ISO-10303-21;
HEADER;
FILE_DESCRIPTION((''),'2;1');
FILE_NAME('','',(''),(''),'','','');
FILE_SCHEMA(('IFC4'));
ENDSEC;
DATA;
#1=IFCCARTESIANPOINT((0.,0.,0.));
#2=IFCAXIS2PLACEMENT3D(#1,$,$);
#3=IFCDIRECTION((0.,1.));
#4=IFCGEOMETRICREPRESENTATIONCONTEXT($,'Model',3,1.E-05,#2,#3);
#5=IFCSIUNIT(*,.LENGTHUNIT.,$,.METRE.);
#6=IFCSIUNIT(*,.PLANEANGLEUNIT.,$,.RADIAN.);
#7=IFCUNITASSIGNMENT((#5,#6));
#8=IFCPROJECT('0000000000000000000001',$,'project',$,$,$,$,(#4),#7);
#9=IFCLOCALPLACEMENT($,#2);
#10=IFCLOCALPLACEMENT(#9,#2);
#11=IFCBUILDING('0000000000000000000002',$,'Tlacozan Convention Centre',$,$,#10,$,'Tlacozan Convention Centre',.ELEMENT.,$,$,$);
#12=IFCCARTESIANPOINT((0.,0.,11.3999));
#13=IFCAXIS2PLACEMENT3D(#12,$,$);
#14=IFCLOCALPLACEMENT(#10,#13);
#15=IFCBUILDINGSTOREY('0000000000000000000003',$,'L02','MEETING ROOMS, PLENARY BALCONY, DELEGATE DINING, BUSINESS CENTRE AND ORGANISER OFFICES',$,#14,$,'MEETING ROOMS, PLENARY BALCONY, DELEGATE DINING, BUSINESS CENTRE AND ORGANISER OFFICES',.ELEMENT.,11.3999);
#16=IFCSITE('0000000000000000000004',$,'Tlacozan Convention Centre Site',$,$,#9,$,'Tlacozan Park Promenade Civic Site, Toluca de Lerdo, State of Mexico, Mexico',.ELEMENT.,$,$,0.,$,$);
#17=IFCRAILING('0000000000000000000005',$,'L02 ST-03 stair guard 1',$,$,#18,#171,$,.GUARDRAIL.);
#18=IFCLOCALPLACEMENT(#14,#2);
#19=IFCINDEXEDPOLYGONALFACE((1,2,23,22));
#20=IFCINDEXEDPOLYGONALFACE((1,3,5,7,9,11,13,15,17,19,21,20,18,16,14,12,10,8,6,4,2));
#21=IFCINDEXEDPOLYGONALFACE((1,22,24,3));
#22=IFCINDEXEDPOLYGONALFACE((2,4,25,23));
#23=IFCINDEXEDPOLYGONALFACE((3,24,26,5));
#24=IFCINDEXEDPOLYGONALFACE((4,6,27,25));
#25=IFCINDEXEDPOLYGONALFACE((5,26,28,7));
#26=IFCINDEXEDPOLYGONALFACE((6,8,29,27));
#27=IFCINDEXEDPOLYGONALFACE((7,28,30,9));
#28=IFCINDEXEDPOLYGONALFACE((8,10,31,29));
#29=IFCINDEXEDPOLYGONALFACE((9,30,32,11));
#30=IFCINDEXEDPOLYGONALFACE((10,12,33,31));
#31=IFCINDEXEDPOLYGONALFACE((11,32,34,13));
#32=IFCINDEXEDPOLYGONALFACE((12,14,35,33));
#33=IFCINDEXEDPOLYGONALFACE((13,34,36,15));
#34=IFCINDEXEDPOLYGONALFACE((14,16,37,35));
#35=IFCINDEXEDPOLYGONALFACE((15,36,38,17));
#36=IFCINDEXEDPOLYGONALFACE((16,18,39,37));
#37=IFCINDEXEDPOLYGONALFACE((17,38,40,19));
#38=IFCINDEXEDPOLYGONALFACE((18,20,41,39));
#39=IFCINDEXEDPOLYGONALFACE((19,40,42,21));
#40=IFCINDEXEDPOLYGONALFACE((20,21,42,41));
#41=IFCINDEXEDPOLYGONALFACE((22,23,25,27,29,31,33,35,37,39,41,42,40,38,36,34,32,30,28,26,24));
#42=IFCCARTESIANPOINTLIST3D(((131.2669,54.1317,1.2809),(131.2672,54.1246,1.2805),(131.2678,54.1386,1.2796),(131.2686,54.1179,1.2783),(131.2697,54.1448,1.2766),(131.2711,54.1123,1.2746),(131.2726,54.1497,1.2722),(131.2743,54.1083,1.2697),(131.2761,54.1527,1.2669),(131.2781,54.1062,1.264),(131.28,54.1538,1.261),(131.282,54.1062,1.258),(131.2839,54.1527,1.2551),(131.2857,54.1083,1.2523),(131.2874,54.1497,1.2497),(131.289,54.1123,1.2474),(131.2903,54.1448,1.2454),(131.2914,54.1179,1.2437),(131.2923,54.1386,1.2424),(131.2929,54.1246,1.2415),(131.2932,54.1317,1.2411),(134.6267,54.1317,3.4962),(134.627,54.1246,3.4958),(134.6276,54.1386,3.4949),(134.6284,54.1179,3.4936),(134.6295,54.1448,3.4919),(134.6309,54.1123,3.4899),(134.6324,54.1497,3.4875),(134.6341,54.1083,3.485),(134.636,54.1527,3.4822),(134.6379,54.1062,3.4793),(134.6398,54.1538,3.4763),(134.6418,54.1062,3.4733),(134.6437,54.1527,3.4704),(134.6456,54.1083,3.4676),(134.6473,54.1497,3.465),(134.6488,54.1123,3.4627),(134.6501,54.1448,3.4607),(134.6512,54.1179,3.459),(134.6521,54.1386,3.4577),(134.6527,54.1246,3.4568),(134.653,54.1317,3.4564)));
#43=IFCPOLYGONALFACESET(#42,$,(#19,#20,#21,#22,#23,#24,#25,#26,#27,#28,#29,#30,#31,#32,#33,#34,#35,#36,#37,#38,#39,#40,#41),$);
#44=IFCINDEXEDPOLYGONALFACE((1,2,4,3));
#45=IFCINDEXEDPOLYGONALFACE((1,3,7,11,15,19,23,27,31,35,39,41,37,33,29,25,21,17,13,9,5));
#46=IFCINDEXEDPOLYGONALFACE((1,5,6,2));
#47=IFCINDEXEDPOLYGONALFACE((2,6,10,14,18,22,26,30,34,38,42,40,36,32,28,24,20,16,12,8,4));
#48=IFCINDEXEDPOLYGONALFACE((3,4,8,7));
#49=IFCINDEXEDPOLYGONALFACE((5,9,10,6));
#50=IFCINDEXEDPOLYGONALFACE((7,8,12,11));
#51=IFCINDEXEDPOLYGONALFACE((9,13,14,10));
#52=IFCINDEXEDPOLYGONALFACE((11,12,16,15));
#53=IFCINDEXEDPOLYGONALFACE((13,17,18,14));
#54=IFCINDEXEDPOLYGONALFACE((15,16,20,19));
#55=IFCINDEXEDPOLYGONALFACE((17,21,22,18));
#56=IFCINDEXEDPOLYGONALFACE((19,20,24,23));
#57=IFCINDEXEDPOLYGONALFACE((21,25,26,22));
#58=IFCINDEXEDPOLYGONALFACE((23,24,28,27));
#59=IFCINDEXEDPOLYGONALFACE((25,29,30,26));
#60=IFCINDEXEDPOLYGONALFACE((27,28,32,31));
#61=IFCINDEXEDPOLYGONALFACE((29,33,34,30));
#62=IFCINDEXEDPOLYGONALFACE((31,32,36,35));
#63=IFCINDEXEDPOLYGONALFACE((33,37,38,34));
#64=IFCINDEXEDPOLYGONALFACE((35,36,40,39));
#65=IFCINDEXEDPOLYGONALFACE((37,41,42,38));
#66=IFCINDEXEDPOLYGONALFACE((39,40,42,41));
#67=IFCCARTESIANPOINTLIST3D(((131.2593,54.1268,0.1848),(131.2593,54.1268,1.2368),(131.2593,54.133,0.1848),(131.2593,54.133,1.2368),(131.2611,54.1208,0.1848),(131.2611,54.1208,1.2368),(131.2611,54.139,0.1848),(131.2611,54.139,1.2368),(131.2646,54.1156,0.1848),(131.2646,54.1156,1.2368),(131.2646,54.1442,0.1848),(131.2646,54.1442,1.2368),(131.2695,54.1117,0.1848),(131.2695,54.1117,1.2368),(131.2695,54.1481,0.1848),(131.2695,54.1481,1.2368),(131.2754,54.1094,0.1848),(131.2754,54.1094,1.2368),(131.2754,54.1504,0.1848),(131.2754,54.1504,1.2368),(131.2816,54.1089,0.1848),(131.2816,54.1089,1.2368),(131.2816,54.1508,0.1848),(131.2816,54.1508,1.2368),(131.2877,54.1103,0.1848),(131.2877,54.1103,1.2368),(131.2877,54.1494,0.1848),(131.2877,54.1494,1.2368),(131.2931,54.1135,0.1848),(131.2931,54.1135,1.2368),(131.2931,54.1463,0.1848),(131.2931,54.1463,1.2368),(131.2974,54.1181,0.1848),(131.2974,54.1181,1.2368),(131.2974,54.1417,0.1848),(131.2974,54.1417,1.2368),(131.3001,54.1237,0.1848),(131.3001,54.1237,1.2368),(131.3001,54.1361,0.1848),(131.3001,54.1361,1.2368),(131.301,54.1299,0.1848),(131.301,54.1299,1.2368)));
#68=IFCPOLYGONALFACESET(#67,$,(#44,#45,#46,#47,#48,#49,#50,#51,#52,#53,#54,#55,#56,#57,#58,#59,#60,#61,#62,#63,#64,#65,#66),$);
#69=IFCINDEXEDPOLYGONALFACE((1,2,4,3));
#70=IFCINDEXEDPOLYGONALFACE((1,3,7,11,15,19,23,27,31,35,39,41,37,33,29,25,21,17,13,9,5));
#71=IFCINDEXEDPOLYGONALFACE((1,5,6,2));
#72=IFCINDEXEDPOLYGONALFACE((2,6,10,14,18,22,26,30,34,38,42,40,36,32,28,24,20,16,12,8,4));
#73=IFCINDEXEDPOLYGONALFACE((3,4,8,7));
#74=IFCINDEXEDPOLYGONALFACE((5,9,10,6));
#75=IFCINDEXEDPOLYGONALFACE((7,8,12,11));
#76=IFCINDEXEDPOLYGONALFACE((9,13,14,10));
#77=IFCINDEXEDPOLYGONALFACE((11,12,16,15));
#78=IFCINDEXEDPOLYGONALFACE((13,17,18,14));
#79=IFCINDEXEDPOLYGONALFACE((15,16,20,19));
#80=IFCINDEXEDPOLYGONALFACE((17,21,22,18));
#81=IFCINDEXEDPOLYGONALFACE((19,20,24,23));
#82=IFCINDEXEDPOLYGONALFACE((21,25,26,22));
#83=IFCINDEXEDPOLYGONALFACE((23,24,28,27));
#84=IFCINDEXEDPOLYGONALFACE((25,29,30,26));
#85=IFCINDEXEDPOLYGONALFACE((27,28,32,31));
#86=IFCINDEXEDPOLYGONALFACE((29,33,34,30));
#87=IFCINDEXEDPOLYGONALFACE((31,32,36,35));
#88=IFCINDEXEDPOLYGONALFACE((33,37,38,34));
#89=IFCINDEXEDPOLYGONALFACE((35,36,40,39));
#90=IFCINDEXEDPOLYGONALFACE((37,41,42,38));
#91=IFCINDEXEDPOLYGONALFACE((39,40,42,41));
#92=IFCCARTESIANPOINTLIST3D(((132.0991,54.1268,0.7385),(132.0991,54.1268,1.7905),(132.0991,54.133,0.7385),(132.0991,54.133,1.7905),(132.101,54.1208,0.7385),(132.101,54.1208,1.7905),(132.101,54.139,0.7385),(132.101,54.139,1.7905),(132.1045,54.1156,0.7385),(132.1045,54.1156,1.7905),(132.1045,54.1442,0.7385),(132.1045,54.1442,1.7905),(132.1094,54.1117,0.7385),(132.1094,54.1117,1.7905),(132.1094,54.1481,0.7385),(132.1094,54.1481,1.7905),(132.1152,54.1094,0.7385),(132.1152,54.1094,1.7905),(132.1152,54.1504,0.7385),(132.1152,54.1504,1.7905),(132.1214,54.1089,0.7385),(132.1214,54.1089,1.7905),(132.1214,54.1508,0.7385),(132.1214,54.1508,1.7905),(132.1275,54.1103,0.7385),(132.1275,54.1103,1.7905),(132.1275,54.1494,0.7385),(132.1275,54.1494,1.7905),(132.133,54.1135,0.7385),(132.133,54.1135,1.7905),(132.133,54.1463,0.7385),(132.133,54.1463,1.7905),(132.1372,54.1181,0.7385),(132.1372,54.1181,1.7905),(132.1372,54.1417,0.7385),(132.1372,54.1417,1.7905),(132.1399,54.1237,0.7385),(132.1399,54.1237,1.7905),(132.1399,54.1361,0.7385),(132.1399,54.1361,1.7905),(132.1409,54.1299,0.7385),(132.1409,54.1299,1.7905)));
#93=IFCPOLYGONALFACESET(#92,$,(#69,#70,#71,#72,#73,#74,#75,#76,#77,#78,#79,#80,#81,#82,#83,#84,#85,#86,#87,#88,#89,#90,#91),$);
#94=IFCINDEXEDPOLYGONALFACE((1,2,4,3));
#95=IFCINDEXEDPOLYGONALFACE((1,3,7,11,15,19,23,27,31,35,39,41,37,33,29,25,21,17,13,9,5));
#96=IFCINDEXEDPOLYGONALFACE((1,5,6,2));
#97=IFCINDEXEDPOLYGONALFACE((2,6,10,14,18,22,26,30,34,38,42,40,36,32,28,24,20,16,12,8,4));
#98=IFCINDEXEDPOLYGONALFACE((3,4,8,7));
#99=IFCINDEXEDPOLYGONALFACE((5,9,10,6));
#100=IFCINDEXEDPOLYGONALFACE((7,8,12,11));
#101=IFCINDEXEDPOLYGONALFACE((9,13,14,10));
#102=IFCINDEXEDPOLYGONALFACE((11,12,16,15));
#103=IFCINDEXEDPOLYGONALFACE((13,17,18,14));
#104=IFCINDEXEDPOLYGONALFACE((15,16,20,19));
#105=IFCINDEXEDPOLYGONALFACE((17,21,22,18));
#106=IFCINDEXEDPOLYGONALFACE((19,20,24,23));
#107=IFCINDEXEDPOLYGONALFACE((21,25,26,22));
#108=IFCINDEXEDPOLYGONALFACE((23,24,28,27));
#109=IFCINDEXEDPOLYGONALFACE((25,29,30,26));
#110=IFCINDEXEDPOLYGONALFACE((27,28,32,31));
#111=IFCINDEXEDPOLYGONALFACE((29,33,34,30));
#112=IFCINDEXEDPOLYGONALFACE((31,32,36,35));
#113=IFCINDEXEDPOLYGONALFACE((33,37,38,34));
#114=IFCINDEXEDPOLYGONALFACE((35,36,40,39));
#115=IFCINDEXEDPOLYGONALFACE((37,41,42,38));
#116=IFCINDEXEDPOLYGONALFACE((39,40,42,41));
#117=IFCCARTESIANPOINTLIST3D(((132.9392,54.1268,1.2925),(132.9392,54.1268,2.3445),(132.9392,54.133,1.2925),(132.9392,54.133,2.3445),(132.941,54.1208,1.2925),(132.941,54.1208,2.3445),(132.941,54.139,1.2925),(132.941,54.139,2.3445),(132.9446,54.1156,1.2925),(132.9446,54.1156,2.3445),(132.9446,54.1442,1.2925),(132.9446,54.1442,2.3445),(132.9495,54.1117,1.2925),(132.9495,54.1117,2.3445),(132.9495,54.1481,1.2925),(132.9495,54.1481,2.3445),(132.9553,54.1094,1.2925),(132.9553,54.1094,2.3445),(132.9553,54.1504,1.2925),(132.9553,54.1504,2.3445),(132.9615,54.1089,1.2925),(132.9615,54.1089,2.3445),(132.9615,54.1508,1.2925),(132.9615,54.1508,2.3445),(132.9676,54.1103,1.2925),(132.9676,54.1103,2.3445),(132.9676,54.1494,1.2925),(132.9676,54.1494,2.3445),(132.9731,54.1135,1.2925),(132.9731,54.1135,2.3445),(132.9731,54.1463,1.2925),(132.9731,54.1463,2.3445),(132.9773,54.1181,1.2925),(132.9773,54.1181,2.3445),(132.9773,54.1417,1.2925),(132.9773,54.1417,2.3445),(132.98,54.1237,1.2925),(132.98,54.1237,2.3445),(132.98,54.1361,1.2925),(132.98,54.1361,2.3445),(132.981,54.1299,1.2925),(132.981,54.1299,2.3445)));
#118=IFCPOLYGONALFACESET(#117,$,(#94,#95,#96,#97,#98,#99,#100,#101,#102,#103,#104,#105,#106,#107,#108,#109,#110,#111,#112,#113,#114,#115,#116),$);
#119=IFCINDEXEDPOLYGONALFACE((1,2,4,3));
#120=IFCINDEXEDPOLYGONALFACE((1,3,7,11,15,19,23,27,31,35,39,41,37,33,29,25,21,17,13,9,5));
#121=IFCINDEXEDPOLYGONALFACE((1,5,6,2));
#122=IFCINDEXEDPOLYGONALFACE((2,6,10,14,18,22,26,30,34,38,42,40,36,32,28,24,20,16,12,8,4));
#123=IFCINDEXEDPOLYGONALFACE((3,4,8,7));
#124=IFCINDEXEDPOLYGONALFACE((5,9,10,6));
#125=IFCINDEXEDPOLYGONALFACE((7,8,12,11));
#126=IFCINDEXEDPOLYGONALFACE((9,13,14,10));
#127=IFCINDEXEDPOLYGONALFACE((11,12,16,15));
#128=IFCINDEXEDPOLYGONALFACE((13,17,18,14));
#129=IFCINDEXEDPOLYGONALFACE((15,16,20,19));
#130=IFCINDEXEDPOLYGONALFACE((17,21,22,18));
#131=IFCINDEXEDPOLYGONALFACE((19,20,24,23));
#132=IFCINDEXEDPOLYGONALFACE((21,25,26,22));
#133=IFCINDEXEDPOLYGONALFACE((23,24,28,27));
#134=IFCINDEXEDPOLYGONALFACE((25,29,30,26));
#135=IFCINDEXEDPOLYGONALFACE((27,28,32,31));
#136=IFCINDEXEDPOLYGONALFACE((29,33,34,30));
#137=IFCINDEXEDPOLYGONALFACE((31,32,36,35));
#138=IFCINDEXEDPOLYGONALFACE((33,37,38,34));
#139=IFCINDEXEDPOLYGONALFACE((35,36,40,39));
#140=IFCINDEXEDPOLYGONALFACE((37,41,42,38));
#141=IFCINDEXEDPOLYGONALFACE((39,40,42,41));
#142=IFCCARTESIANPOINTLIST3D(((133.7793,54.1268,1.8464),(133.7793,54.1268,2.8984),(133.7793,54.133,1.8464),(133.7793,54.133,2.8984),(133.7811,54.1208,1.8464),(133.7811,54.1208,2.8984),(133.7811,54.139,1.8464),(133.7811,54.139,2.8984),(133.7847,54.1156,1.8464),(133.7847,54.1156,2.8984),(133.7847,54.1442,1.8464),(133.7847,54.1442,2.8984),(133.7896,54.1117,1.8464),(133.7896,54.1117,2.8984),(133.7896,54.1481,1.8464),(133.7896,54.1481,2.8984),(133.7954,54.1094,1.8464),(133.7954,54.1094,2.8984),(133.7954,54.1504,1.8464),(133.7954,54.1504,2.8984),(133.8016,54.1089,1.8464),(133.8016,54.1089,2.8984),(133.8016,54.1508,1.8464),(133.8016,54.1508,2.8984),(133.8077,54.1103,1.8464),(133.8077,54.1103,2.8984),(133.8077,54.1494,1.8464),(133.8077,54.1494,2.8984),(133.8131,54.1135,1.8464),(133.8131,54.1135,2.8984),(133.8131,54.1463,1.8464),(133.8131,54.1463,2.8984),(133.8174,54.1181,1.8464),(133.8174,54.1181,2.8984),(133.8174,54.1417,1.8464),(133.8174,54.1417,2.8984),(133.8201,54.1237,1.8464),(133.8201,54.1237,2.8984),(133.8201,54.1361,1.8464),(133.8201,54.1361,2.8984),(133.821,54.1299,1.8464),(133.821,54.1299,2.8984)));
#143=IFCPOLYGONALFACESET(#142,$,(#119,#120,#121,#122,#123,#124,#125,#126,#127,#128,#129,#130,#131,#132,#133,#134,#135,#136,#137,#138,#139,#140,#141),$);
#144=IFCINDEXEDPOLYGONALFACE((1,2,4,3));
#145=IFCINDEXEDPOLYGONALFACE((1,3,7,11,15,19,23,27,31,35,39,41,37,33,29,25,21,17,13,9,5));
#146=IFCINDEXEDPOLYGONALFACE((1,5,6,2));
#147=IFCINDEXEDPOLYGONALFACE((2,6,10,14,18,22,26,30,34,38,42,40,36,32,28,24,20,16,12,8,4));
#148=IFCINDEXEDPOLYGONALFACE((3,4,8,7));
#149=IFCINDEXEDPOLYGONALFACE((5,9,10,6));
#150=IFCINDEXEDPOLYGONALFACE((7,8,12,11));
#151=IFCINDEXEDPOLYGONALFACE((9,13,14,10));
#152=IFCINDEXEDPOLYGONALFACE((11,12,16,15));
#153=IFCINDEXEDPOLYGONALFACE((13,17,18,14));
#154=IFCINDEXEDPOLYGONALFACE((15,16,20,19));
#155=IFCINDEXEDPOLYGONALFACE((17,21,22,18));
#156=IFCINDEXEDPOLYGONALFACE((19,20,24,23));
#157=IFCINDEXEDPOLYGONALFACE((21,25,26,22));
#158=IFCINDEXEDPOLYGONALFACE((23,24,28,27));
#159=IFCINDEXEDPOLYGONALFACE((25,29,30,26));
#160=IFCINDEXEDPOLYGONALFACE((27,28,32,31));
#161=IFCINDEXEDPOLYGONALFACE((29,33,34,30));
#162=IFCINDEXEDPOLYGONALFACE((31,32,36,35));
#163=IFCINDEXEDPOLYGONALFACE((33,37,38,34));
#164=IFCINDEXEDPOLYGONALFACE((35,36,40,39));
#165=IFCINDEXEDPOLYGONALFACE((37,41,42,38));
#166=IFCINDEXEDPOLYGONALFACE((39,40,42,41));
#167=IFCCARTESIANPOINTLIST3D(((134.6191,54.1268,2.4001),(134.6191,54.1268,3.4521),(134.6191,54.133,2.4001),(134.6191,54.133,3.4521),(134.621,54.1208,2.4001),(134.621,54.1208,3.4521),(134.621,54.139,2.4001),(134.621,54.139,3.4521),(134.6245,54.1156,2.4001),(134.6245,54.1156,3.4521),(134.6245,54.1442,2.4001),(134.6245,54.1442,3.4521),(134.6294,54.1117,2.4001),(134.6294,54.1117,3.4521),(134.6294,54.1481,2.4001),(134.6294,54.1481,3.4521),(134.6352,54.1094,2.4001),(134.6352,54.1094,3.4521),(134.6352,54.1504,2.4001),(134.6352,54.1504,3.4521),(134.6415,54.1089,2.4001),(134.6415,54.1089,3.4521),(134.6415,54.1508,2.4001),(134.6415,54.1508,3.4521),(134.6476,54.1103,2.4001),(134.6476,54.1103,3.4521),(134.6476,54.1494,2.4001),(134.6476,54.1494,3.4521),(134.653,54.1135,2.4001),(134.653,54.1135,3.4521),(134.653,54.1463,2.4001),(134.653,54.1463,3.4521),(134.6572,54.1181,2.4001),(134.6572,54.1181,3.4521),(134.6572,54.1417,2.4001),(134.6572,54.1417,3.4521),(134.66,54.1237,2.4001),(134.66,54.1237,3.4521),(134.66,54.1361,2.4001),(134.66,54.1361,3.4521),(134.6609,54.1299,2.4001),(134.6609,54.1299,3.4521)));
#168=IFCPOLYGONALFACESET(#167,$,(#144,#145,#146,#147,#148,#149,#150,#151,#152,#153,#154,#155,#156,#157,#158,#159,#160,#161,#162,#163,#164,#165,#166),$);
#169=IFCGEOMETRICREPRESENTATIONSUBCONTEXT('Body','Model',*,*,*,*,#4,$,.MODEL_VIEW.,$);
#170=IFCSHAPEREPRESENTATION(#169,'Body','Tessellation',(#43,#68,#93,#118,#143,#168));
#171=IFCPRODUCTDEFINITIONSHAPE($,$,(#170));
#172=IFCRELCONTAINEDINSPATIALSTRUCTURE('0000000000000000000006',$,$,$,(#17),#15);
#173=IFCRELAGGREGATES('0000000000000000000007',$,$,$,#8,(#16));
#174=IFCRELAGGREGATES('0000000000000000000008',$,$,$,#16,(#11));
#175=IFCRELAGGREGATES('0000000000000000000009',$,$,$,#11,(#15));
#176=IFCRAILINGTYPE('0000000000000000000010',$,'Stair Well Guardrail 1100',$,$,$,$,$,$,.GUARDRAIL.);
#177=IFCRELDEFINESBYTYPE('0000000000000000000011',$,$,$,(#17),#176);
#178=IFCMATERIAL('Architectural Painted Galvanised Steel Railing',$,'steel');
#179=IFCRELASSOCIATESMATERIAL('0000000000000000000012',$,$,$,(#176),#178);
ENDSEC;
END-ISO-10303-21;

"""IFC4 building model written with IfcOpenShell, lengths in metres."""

from ifc_helpers import new_model, si_unit, direction, frame, origin, origin_2d, place, context, subcontext, project, spatial, circle, extrude, material, type_object, element, save


model = new_model("IFC4")

# Units and contexts
model_context = context("Model", 3, precision=1e-05, world=origin(), true_north=direction((0.0, 1.0)))
body_context = subcontext(model_context, "Body", "Model", "MODEL_VIEW")
ifc_project = project(units=[si_unit("LENGTHUNIT", "METRE"), si_unit("PLANEANGLEUNIT", "RADIAN")], contexts=[model_context])

# Site, building, storey
site_placement = place(None, origin())
site = spatial("IfcSite", under=ifc_project, at=site_placement, Name="Tlacozan Convention Centre Site", LongName="Tlacozan Park Promenade Civic Site, Toluca de Lerdo, State of Mexico, Mexico", CompositionType="ELEMENT", RefElevation=0.0)
building_placement = place(site_placement, origin())
building = spatial("IfcBuilding", under=site, at=building_placement, Name="Tlacozan Convention Centre", LongName="Tlacozan Convention Centre", CompositionType="ELEMENT")
storey_placement = place(building_placement, frame((0.0, 0.0, 11.3999)))
storey = spatial("IfcBuildingStorey", under=building, at=storey_placement, Name="L02", Description="MEETING ROOMS, PLENARY BALCONY, DELEGATE DINING, BUSINESS CENTRE AND ORGANISER OFFICES", LongName="MEETING ROOMS, PLENARY BALCONY, DELEGATE DINING, BUSINESS CENTRE AND ORGANISER OFFICES", CompositionType="ELEMENT", Elevation=11.3999)

# Railing
ifc_material_1 = material(Name="Architectural Painted Galvanised Steel Railing", Category="steel")
railing_type_1 = type_object("IfcRailingType", Name="Stair Well Guardrail 1100", PredefinedType="GUARDRAIL", material=ifc_material_1)
railing_1_placement = place(storey_placement, frame((131.28, 54.1299, 0.1848)))
element("IfcRailing", 1, at=railing_1_placement, inside=storey, type_object=railing_type_1, Name="L02 ST-03 stair guard 1", PredefinedType="GUARDRAIL", context=body_context, shape_type="SweptSolid", body=[
    extrude(circle(Radius=0.0239, at=origin_2d()), frame((0.0, 0.0, 1.0762), z_axis=(0.834858, 0.0, 0.550465), x_axis=(0.0, 1.0, 0.0)), (0.0, 0.0, 1.0), 4.0244),
    extrude(circle(Radius=0.021, at=origin_2d()), origin(), (0.0, 0.0, 1.0), 1.052),
    extrude(circle(Radius=0.021, at=origin_2d()), frame((0.8398, 0.0, 0.5537)), (0.0, 0.0, 1.0), 1.052),
    extrude(circle(Radius=0.021, at=origin_2d()), frame((1.6799, 0.0, 1.1077)), (0.0, 0.0, 1.0), 1.052),
    extrude(circle(Radius=0.021, at=origin_2d()), frame((2.52, 0.0, 1.6616)), (0.0, 0.0, 1.0), 1.052),
    extrude(circle(Radius=0.021, at=origin_2d()), frame((3.3599, 0.0, 2.2153)), (0.0, 0.0, 1.0), 1.052),
])

save(model, "model.ifc")
